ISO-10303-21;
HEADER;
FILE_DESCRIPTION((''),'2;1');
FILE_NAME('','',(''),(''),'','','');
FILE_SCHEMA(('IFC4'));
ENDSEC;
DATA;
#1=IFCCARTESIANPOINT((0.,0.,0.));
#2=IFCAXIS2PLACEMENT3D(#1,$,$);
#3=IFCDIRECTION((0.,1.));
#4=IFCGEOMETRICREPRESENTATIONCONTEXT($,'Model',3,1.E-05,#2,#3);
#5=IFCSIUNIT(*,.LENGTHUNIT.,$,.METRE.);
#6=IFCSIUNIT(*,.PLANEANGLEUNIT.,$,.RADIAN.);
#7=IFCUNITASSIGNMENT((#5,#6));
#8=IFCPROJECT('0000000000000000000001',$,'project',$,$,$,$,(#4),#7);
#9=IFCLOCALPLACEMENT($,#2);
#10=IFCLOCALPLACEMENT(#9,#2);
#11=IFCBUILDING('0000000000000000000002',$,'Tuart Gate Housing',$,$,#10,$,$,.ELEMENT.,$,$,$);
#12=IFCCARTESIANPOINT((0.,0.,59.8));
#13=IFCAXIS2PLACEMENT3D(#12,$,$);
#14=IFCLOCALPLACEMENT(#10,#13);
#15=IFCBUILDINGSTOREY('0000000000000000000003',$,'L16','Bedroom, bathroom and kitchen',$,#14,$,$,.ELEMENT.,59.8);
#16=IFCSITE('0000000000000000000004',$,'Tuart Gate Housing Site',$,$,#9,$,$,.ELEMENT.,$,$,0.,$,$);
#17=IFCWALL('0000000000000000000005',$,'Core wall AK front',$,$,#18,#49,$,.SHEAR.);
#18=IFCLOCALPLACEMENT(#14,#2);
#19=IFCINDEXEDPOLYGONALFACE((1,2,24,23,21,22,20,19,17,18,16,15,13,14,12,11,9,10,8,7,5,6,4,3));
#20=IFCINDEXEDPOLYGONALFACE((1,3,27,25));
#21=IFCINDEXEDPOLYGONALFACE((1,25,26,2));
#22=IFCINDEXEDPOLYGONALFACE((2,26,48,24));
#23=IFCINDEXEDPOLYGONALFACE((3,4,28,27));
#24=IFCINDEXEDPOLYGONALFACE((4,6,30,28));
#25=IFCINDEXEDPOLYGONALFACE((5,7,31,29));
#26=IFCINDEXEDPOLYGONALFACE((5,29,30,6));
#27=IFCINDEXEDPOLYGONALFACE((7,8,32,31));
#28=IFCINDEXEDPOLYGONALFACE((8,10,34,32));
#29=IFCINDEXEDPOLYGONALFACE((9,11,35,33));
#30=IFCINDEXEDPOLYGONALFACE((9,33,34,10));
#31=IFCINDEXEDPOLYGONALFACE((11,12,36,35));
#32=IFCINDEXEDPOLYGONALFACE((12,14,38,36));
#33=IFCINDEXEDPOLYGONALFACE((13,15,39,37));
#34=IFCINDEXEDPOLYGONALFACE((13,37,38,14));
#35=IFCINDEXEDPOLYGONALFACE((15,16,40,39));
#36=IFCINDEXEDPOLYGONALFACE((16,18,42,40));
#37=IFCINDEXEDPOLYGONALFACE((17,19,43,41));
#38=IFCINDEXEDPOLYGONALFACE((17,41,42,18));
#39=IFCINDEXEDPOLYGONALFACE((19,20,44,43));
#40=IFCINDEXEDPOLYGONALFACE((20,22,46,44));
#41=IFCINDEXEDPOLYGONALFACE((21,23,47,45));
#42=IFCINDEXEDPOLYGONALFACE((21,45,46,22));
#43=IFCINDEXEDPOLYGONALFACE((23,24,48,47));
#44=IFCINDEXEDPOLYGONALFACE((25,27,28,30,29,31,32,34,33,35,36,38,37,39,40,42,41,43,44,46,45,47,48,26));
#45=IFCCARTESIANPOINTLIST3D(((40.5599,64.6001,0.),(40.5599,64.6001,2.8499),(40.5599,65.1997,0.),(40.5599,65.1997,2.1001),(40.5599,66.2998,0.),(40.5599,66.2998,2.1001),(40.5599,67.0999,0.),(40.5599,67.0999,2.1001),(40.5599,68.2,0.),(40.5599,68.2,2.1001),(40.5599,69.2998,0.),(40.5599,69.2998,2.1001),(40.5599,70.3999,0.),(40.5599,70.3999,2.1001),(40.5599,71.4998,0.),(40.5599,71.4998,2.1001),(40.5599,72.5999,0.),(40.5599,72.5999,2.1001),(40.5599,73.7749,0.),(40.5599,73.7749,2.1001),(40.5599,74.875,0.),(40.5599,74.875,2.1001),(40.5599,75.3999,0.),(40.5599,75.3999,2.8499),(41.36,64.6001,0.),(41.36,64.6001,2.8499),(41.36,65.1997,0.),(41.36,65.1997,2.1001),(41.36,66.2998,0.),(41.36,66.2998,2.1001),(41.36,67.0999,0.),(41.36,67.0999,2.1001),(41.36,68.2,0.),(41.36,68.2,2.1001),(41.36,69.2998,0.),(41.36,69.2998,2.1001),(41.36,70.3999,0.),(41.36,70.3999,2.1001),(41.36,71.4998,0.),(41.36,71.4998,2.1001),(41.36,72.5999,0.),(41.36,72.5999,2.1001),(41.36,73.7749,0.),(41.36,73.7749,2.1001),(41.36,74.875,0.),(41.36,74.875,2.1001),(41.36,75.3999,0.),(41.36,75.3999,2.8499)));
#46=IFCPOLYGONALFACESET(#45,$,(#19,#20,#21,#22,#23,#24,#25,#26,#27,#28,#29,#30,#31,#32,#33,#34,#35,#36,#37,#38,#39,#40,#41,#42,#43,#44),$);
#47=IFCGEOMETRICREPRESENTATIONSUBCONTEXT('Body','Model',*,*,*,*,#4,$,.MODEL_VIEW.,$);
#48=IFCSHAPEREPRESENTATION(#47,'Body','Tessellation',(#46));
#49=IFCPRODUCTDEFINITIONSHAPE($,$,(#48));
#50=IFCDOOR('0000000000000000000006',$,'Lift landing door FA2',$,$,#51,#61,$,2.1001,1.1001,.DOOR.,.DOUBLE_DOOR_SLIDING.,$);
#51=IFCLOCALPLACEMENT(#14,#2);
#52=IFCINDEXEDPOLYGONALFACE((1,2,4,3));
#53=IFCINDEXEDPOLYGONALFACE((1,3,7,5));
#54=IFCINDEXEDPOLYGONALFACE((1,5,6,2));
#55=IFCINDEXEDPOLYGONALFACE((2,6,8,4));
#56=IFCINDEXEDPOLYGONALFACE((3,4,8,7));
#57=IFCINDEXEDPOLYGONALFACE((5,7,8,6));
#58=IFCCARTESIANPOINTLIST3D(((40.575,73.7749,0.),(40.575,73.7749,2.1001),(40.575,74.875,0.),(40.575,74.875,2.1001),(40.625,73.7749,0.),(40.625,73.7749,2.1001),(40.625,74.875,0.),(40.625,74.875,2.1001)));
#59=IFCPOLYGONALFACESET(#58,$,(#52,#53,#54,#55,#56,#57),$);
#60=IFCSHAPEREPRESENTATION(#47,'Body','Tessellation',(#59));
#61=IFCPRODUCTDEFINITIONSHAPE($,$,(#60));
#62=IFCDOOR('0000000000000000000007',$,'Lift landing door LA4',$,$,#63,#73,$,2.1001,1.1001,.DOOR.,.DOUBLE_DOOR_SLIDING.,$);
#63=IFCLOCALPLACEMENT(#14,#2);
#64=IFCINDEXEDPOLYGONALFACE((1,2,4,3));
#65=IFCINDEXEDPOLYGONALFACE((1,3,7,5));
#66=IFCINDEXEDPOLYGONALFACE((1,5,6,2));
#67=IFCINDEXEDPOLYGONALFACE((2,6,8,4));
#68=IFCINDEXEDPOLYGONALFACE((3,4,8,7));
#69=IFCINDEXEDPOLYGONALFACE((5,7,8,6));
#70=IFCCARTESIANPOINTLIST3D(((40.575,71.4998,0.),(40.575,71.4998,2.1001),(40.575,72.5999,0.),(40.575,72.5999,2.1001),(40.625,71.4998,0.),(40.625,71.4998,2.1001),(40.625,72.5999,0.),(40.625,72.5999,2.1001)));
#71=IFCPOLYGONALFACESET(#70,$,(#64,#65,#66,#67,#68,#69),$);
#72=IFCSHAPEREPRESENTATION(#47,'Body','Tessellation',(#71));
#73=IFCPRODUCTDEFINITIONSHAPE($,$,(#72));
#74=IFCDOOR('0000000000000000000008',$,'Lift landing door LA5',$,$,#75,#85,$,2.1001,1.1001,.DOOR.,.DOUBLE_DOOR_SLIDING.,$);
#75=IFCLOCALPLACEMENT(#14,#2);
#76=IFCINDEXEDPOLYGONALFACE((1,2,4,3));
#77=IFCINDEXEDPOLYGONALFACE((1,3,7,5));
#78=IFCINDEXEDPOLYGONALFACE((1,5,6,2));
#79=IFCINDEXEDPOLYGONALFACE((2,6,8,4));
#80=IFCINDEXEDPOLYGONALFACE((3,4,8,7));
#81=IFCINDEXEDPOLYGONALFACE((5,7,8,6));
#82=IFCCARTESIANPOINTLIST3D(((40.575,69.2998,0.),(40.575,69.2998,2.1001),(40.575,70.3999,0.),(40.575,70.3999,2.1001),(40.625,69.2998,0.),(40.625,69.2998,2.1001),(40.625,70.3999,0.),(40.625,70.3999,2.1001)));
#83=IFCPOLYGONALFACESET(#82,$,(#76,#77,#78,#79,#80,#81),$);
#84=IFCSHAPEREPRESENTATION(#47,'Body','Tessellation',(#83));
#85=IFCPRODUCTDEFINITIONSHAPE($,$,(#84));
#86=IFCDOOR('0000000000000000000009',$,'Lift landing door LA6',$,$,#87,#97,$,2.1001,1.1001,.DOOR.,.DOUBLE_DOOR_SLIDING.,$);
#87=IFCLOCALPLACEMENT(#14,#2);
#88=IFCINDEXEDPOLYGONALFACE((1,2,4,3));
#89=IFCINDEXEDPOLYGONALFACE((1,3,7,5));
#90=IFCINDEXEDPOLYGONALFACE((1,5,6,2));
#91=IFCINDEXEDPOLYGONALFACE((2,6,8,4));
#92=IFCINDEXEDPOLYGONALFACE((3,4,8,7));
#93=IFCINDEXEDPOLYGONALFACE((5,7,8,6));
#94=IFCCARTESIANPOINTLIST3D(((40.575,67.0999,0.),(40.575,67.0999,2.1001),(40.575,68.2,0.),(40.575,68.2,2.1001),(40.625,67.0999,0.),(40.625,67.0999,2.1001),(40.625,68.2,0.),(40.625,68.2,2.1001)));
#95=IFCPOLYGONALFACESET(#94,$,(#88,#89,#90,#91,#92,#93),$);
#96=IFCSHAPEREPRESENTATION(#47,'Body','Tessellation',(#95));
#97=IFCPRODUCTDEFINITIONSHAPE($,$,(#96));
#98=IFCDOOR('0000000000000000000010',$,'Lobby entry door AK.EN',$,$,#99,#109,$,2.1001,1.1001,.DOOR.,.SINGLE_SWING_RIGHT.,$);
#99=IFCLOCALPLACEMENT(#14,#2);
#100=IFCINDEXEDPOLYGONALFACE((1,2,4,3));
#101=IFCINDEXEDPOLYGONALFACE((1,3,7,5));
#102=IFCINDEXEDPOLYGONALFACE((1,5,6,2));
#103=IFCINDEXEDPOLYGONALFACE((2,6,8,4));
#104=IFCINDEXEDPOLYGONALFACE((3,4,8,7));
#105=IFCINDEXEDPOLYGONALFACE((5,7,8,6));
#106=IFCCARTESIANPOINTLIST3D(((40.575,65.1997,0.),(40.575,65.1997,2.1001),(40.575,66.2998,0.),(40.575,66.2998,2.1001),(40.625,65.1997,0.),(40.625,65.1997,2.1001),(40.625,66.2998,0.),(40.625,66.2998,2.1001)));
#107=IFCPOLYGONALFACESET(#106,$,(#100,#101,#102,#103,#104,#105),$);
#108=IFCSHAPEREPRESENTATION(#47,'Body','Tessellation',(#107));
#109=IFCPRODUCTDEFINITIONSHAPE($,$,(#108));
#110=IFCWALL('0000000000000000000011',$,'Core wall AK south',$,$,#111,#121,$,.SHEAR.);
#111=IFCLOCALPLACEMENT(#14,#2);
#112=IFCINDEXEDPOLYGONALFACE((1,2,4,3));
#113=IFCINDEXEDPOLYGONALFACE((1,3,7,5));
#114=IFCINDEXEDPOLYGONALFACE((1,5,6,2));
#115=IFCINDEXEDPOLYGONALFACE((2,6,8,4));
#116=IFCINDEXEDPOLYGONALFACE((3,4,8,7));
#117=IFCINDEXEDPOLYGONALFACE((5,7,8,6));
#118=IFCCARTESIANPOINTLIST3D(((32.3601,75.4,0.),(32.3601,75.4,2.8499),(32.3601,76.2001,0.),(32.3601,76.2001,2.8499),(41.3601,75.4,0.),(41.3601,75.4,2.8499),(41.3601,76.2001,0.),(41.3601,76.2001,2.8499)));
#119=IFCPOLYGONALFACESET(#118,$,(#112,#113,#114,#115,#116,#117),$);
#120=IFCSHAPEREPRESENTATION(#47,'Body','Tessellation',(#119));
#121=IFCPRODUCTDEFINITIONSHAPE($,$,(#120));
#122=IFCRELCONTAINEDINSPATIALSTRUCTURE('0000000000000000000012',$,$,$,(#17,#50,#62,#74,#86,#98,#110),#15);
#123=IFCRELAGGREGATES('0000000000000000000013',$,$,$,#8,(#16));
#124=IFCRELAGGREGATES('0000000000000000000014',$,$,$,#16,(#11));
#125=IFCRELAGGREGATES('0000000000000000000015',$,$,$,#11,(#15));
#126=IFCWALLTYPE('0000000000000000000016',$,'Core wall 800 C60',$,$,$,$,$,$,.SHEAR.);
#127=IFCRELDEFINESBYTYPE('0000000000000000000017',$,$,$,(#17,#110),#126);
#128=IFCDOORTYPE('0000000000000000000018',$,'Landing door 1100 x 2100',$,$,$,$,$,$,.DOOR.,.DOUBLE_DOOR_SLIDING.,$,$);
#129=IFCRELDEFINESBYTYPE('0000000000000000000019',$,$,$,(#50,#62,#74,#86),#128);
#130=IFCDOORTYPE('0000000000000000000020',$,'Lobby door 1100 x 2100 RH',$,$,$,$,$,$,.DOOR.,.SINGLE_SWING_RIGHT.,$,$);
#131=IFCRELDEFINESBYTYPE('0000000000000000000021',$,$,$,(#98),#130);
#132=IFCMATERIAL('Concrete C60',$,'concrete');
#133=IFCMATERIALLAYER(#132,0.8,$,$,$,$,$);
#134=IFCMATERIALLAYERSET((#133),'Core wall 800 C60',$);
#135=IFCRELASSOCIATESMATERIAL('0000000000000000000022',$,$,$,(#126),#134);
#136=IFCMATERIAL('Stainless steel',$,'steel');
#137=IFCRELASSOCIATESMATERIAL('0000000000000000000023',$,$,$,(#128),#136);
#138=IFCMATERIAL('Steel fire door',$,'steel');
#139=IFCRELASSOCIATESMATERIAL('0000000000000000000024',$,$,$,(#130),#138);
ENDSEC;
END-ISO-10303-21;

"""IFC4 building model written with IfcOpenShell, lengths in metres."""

from ifc_helpers import new_model, si_unit, direction, frame, frame_2d, origin, place, context, subcontext, project, spatial, rectangle, extrude, material, layer, layer_set, type_object, element, fill, save


model = new_model("IFC4")

# Units and contexts
model_context = context("Model", 3, precision=1e-05, world=origin(), true_north=direction((0.0, 1.0)))
body_context = subcontext(model_context, "Body", "Model", "MODEL_VIEW")
ifc_project = project(units=[si_unit("LENGTHUNIT", "METRE"), si_unit("PLANEANGLEUNIT", "RADIAN")], contexts=[model_context])

# Site, building, storey
site_placement = place(None, origin())
site = spatial("IfcSite", under=ifc_project, at=site_placement, Name="Tuart Gate Housing Site", CompositionType="ELEMENT", RefElevation=0.0)
building_placement = place(site_placement, origin())
building = spatial("IfcBuilding", under=site, at=building_placement, Name="Tuart Gate Housing", CompositionType="ELEMENT")
storey_placement = place(building_placement, frame((0.0, 0.0, 59.8)))
storey = spatial("IfcBuildingStorey", under=building, at=storey_placement, Name="L16", Description="Bedroom, bathroom and kitchen", CompositionType="ELEMENT", Elevation=59.8)

# Wall, openings, doors
ifc_material_1 = material(Name="Concrete C60", Category="concrete")
ifc_layer_1 = layer(ifc_material_1, 0.8)
ifc_layer_set_1 = layer_set([ifc_layer_1], Name="Core wall 800 C60")
wall_type_1 = type_object("IfcWallType", Name="Core wall 800 C60", PredefinedType="SHEAR", material=ifc_layer_set_1)
wall_1_placement = place(storey_placement, frame((40.96, 75.3999, 0.0), z_axis=(0.0, 0.0, 1.0), x_axis=(0.0, -1.0, 0.0)))
wall_1 = element("IfcWall", 1, at=wall_1_placement, inside=storey, type_object=wall_type_1, Name="Core wall AK front", PredefinedType="SHEAR", context=body_context, shape_type="SweptSolid", body=[
    extrude(rectangle(XDim=10.7998, YDim=0.8, at=frame_2d((5.3999, 0.0))), origin(), (0.0, 0.0, 1.0), 2.8499),
])
opening_1_placement = place(wall_1_placement, frame((0.5249, 0.0, 0.0)))
opening_1 = element("IfcOpeningElement", 2, at=opening_1_placement, cuts=wall_1, PredefinedType="OPENING", context=body_context, shape_type="SweptSolid", body=[
    extrude(rectangle(XDim=1.1001, YDim=2.1001, at=frame_2d((0.55, 1.05))), frame((0.0, 0.4099, 0.0), z_axis=(0.0, -1.0, 0.0), x_axis=(1.0, 0.0, 0.0)), (0.0, 0.0, 1.0), 0.8201),
])
opening_2_placement = place(wall_1_placement, frame((2.8, 0.0, 0.0)))
opening_2 = element("IfcOpeningElement", 3, at=opening_2_placement, cuts=wall_1, PredefinedType="OPENING", context=body_context, shape_type="SweptSolid", body=[
    extrude(rectangle(XDim=1.1001, YDim=2.1001, at=frame_2d((0.55, 1.05))), frame((0.0, 0.4099, 0.0), z_axis=(0.0, -1.0, 0.0), x_axis=(1.0, 0.0, 0.0)), (0.0, 0.0, 1.0), 0.8201),
])
opening_3_placement = place(wall_1_placement, frame((5.0, 0.0, 0.0)))
opening_3 = element("IfcOpeningElement", 4, at=opening_3_placement, cuts=wall_1, PredefinedType="OPENING", context=body_context, shape_type="SweptSolid", body=[
    extrude(rectangle(XDim=1.1001, YDim=2.1001, at=frame_2d((0.55, 1.05))), frame((0.0, 0.4099, 0.0), z_axis=(0.0, -1.0, 0.0), x_axis=(1.0, 0.0, 0.0)), (0.0, 0.0, 1.0), 0.8201),
])
opening_4_placement = place(wall_1_placement, frame((7.2, 0.0, 0.0)))
opening_4 = element("IfcOpeningElement", 5, at=opening_4_placement, cuts=wall_1, PredefinedType="OPENING", context=body_context, shape_type="SweptSolid", body=[
    extrude(rectangle(XDim=1.1001, YDim=2.1001, at=frame_2d((0.55, 1.05))), frame((0.0, 0.4099, 0.0), z_axis=(0.0, -1.0, 0.0), x_axis=(1.0, 0.0, 0.0)), (0.0, 0.0, 1.0), 0.8201),
])
opening_5_placement = place(wall_1_placement, frame((9.1001, 0.0, 0.0)))
opening_5 = element("IfcOpeningElement", 6, at=opening_5_placement, cuts=wall_1, PredefinedType="OPENING", context=body_context, shape_type="SweptSolid", body=[
    extrude(rectangle(XDim=1.1001, YDim=2.1001, at=frame_2d((0.55, 1.05))), frame((0.0, 0.4099, 0.0), z_axis=(0.0, -1.0, 0.0), x_axis=(1.0, 0.0, 0.0)), (0.0, 0.0, 1.0), 0.8201),
])
ifc_material_2 = material(Name="Stainless steel", Category="steel")
door_type_1 = type_object("IfcDoorType", Name="Landing door 1100 x 2100", OperationType="DOUBLE_DOOR_SLIDING", PredefinedType="DOOR", material=ifc_material_2)
door_1_placement = place(opening_1_placement, origin())
door_1 = element("IfcDoor", 7, at=door_1_placement, inside=storey, type_object=door_type_1, Name="Lift landing door FA2", OperationType="DOUBLE_DOOR_SLIDING", OverallHeight=2.1001, OverallWidth=1.1001, PredefinedType="DOOR", context=body_context, shape_type="SweptSolid", body=[
    extrude(rectangle(XDim=1.1001, YDim=2.1001, at=frame_2d((0.55, 1.05))), frame((0.0, -0.335, 0.0), z_axis=(0.0, -1.0, 0.0), x_axis=(1.0, 0.0, 0.0)), (0.0, 0.0, 1.0), 0.05),
])
fill(opening_1, door_1)
door_2_placement = place(opening_2_placement, origin())
door_2 = element("IfcDoor", 8, at=door_2_placement, inside=storey, type_object=door_type_1, Name="Lift landing door LA4", OperationType="DOUBLE_DOOR_SLIDING", OverallHeight=2.1001, OverallWidth=1.1001, PredefinedType="DOOR", context=body_context, shape_type="SweptSolid", body=[
    extrude(rectangle(XDim=1.1001, YDim=2.1001, at=frame_2d((0.55, 1.05))), frame((0.0, -0.335, 0.0), z_axis=(0.0, -1.0, 0.0), x_axis=(1.0, 0.0, 0.0)), (0.0, 0.0, 1.0), 0.05),
])
fill(opening_2, door_2)
door_3_placement = place(opening_3_placement, origin())
door_3 = element("IfcDoor", 9, at=door_3_placement, inside=storey, type_object=door_type_1, Name="Lift landing door LA5", OperationType="DOUBLE_DOOR_SLIDING", OverallHeight=2.1001, OverallWidth=1.1001, PredefinedType="DOOR", context=body_context, shape_type="SweptSolid", body=[
    extrude(rectangle(XDim=1.1001, YDim=2.1001, at=frame_2d((0.55, 1.05))), frame((0.0, -0.335, 0.0), z_axis=(0.0, -1.0, 0.0), x_axis=(1.0, 0.0, 0.0)), (0.0, 0.0, 1.0), 0.05),
])
fill(opening_3, door_3)
door_4_placement = place(opening_4_placement, origin())
door_4 = element("IfcDoor", 10, at=door_4_placement, inside=storey, type_object=door_type_1, Name="Lift landing door LA6", OperationType="DOUBLE_DOOR_SLIDING", OverallHeight=2.1001, OverallWidth=1.1001, PredefinedType="DOOR", context=body_context, shape_type="SweptSolid", body=[
    extrude(rectangle(XDim=1.1001, YDim=2.1001, at=frame_2d((0.55, 1.05))), frame((0.0, -0.335, 0.0), z_axis=(0.0, -1.0, 0.0), x_axis=(1.0, 0.0, 0.0)), (0.0, 0.0, 1.0), 0.05),
])
fill(opening_4, door_4)
ifc_material_3 = material(Name="Steel fire door", Category="steel")
door_type_2 = type_object("IfcDoorType", Name="Lobby door 1100 x 2100 RH", OperationType="SINGLE_SWING_RIGHT", PredefinedType="DOOR", material=ifc_material_3)
door_5_placement = place(opening_5_placement, frame((1.1001, 0.0, 0.0), z_axis=(0.0, 0.0, 1.0), x_axis=(-1.0, 0.0, 0.0)))
door_5 = element("IfcDoor", 11, at=door_5_placement, inside=storey, type_object=door_type_2, Name="Lobby entry door AK.EN", OperationType="SINGLE_SWING_RIGHT", OverallHeight=2.1001, OverallWidth=1.1001, PredefinedType="DOOR", context=body_context, shape_type="SweptSolid", body=[
    extrude(rectangle(XDim=1.1001, YDim=2.1001, at=frame_2d((0.55, 1.05))), frame((0.0, 0.385, 0.0), z_axis=(0.0, -1.0, 0.0), x_axis=(1.0, 0.0, 0.0)), (0.0, 0.0, 1.0), 0.05),
])
fill(opening_5, door_5)

# Wall
wall_2_placement = place(storey_placement, frame((41.3601, 75.8, 0.0), z_axis=(0.0, 0.0, 1.0), x_axis=(-1.0, 0.0, 0.0)))
element("IfcWall", 12, at=wall_2_placement, inside=storey, type_object=wall_type_1, Name="Core wall AK south", PredefinedType="SHEAR", context=body_context, shape_type="SweptSolid", body=[
    extrude(rectangle(XDim=9.0, YDim=0.8, at=frame_2d((4.5, 0.0))), origin(), (0.0, 0.0, 1.0), 2.8499),
])

save(model, "model.ifc")
